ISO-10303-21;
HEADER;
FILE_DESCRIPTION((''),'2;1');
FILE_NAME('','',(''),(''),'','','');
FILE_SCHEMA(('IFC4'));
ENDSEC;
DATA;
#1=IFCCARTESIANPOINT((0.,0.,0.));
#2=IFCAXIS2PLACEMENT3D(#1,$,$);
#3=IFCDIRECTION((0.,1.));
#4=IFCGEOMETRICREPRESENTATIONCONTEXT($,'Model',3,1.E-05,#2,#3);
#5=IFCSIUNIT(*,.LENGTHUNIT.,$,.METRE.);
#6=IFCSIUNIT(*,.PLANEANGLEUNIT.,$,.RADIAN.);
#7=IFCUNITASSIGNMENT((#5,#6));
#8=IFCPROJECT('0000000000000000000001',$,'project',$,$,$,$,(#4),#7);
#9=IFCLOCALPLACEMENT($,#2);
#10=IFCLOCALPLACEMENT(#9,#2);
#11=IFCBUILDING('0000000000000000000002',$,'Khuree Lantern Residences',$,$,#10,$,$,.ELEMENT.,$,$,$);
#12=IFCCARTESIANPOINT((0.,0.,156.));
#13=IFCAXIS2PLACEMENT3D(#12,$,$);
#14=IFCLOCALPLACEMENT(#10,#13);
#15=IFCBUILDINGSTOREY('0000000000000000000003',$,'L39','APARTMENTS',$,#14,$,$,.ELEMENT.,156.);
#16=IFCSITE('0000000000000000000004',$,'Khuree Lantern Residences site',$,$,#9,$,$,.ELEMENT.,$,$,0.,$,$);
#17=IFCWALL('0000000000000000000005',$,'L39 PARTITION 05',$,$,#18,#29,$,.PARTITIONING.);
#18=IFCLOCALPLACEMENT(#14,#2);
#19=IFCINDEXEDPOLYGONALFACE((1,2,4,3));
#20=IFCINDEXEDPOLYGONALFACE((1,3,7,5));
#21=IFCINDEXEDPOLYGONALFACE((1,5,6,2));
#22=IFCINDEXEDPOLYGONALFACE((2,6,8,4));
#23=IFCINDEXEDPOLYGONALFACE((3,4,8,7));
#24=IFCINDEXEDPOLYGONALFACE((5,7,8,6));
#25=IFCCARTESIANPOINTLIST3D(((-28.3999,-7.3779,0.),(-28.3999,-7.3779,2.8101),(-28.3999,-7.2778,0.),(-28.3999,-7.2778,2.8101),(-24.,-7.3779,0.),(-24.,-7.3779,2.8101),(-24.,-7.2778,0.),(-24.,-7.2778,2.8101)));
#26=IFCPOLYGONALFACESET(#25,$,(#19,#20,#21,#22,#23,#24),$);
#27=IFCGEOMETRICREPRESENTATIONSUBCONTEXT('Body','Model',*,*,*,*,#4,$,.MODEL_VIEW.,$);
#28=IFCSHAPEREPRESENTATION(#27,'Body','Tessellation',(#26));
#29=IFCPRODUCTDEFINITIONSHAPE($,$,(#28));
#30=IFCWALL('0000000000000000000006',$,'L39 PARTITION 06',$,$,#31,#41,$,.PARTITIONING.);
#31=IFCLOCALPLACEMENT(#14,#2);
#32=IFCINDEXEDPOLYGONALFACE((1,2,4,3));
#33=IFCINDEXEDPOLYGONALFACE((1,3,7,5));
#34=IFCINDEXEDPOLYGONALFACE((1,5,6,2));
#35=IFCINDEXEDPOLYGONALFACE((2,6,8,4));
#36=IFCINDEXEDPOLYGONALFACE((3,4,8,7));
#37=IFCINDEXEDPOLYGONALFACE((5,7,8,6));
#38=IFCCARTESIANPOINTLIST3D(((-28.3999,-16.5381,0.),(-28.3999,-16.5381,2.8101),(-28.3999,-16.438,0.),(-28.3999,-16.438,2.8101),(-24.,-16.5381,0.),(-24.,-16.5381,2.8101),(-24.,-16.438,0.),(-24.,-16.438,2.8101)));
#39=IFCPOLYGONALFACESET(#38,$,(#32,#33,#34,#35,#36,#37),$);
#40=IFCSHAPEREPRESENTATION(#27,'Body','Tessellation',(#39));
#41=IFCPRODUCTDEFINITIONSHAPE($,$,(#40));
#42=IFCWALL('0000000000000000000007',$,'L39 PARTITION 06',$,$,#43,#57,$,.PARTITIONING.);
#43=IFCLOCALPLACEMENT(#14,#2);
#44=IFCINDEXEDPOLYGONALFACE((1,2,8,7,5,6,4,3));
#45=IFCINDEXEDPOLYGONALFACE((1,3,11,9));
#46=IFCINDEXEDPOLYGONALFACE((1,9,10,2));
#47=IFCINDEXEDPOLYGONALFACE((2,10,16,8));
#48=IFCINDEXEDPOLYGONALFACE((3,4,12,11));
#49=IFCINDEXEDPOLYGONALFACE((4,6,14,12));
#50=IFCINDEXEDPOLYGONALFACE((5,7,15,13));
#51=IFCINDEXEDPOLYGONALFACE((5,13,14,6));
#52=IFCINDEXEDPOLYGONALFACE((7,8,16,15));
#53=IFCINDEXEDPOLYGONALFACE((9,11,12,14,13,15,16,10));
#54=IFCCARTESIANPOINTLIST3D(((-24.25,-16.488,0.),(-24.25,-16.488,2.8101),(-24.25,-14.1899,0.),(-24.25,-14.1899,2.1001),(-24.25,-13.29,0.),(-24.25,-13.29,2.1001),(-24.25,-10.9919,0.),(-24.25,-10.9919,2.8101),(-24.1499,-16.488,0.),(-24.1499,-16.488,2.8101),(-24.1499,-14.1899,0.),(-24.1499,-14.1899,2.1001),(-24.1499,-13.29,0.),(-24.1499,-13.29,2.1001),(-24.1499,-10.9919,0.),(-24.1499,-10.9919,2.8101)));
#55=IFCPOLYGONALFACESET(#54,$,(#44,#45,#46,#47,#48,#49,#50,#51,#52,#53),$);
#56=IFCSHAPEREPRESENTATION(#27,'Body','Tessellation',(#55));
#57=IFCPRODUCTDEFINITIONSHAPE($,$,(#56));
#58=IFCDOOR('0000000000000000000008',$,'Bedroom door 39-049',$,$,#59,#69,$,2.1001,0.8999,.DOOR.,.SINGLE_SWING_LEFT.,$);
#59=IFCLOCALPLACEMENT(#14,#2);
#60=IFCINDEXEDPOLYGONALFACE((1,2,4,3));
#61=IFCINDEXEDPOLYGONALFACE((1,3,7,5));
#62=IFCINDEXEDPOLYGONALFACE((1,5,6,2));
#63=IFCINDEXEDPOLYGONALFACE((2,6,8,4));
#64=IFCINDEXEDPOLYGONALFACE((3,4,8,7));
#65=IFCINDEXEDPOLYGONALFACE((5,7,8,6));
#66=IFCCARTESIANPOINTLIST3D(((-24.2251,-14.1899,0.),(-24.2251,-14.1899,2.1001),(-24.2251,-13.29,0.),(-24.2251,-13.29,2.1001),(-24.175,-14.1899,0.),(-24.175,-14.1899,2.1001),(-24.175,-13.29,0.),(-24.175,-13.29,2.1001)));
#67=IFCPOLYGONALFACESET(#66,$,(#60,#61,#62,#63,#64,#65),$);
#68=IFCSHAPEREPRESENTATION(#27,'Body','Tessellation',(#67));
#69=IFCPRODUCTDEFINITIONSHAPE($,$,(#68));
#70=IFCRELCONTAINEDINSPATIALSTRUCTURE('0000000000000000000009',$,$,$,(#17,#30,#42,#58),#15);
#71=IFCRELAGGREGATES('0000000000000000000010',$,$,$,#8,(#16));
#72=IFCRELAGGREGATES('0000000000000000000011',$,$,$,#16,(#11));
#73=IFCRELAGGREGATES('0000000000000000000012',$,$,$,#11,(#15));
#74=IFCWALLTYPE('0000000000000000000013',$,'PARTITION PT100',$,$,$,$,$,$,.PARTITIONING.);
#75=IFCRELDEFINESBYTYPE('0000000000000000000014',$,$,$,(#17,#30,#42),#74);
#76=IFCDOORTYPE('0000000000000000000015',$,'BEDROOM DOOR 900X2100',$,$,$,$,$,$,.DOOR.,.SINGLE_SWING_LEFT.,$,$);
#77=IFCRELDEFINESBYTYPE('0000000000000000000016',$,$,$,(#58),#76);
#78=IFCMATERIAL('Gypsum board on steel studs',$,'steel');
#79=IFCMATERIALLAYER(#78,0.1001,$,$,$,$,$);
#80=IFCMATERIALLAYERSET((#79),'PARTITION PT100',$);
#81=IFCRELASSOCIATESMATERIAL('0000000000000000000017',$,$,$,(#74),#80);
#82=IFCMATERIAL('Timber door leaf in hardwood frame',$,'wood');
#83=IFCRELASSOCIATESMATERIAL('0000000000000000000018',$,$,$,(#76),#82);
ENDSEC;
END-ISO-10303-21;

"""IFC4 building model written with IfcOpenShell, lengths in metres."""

from ifc_helpers import new_model, si_unit, direction, frame, frame_2d, origin, place, context, subcontext, project, spatial, rectangle, extrude, material, layer, layer_set, type_object, element, fill, save


model = new_model("IFC4")

# Units and contexts
model_context = context("Model", 3, precision=1e-05, world=origin(), true_north=direction((0.0, 1.0)))
body_context = subcontext(model_context, "Body", "Model", "MODEL_VIEW")
ifc_project = project(units=[si_unit("LENGTHUNIT", "METRE"), si_unit("PLANEANGLEUNIT", "RADIAN")], contexts=[model_context])

# Site, building, storey
site_placement = place(None, origin())
site = spatial("IfcSite", under=ifc_project, at=site_placement, Name="Khuree Lantern Residences site", CompositionType="ELEMENT", RefElevation=0.0)
building_placement = place(site_placement, origin())
building = spatial("IfcBuilding", under=site, at=building_placement, Name="Khuree Lantern Residences", CompositionType="ELEMENT")
storey_placement = place(building_placement, frame((0.0, 0.0, 156.0)))
storey = spatial("IfcBuildingStorey", under=building, at=storey_placement, Name="L39", Description="APARTMENTS", CompositionType="ELEMENT", Elevation=156.0)

# Shared definitions
ifc_material_1 = material(Name="Timber door leaf in hardwood frame", Category="wood")

# Shared definitions
ifc_material_2 = material(Name="Gypsum board on steel studs", Category="steel")

# Walls
ifc_layer_1 = layer(ifc_material_2, 0.1001)
ifc_layer_set_1 = layer_set([ifc_layer_1], Name="PARTITION PT100")
wall_type_1 = type_object("IfcWallType", Name="PARTITION PT100", PredefinedType="PARTITIONING", material=ifc_layer_set_1)
for number, where, z_axis, x_axis, name in (
    (1, (-24.0, -7.3279, 0.0), (0.0, 0.0, 1.0), (-1.0, 0.0, 0.0), "L39 PARTITION 05"),
    (2, (-24.0, -16.488, 0.0), (0.0, 0.0, 1.0), (-1.0, 0.0, 0.0), "L39 PARTITION 06"),
):
    element("IfcWall", number, at=place(storey_placement, frame(where, z_axis=z_axis, x_axis=x_axis)), inside=storey, type_object=wall_type_1, Name=name, PredefinedType="PARTITIONING", context=body_context, shape_type="SweptSolid", body=[
        extrude(rectangle(XDim=4.3999, YDim=0.1001, at=frame_2d((2.2, 0.0))), origin(), (0.0, 0.0, 1.0), 2.8101),
    ])

# Wall, opening, door
wall_1_placement = place(storey_placement, frame((-24.2, -10.9919, 0.0), z_axis=(0.0, 0.0, 1.0), x_axis=(0.0, -1.0, 0.0)))
wall_1 = element("IfcWall", 3, at=wall_1_placement, inside=storey, type_object=wall_type_1, Name="L39 PARTITION 06", PredefinedType="PARTITIONING", context=body_context, shape_type="SweptSolid", body=[
    extrude(rectangle(XDim=5.4961, YDim=0.1001, at=frame_2d((2.748, 0.0))), origin(), (0.0, 0.0, 1.0), 2.8101),
])
opening_1_placement = place(wall_1_placement, frame((2.2981, 0.0, 0.0)))
opening_1 = element("IfcOpeningElement", 4, at=opening_1_placement, cuts=wall_1, PredefinedType="OPENING", context=body_context, shape_type="SweptSolid", body=[
    extrude(rectangle(XDim=0.8999, YDim=2.1001, at=frame_2d((0.45, 1.05))), frame((0.0, 0.0601, 0.0), z_axis=(0.0, -1.0, 0.0), x_axis=(1.0, 0.0, 0.0)), (0.0, 0.0, 1.0), 0.1201),
])
door_type_1 = type_object("IfcDoorType", Name="BEDROOM DOOR 900X2100", OperationType="SINGLE_SWING_LEFT", PredefinedType="DOOR", material=ifc_material_1)
door_1_placement = place(opening_1_placement, origin())
door_1 = element("IfcDoor", 5, at=door_1_placement, inside=storey, type_object=door_type_1, Name="Bedroom door 39-049", OperationType="SINGLE_SWING_LEFT", OverallHeight=2.1001, OverallWidth=0.8999, PredefinedType="DOOR", context=body_context, shape_type="SweptSolid", body=[
    extrude(rectangle(XDim=0.8999, YDim=2.1001, at=frame_2d((0.45, 1.05))), frame((0.0, 0.0249, 0.0), z_axis=(0.0, -1.0, 0.0), x_axis=(1.0, 0.0, 0.0)), (0.0, 0.0, 1.0), 0.05),
])
fill(opening_1, door_1)

save(model, "model.ifc")
